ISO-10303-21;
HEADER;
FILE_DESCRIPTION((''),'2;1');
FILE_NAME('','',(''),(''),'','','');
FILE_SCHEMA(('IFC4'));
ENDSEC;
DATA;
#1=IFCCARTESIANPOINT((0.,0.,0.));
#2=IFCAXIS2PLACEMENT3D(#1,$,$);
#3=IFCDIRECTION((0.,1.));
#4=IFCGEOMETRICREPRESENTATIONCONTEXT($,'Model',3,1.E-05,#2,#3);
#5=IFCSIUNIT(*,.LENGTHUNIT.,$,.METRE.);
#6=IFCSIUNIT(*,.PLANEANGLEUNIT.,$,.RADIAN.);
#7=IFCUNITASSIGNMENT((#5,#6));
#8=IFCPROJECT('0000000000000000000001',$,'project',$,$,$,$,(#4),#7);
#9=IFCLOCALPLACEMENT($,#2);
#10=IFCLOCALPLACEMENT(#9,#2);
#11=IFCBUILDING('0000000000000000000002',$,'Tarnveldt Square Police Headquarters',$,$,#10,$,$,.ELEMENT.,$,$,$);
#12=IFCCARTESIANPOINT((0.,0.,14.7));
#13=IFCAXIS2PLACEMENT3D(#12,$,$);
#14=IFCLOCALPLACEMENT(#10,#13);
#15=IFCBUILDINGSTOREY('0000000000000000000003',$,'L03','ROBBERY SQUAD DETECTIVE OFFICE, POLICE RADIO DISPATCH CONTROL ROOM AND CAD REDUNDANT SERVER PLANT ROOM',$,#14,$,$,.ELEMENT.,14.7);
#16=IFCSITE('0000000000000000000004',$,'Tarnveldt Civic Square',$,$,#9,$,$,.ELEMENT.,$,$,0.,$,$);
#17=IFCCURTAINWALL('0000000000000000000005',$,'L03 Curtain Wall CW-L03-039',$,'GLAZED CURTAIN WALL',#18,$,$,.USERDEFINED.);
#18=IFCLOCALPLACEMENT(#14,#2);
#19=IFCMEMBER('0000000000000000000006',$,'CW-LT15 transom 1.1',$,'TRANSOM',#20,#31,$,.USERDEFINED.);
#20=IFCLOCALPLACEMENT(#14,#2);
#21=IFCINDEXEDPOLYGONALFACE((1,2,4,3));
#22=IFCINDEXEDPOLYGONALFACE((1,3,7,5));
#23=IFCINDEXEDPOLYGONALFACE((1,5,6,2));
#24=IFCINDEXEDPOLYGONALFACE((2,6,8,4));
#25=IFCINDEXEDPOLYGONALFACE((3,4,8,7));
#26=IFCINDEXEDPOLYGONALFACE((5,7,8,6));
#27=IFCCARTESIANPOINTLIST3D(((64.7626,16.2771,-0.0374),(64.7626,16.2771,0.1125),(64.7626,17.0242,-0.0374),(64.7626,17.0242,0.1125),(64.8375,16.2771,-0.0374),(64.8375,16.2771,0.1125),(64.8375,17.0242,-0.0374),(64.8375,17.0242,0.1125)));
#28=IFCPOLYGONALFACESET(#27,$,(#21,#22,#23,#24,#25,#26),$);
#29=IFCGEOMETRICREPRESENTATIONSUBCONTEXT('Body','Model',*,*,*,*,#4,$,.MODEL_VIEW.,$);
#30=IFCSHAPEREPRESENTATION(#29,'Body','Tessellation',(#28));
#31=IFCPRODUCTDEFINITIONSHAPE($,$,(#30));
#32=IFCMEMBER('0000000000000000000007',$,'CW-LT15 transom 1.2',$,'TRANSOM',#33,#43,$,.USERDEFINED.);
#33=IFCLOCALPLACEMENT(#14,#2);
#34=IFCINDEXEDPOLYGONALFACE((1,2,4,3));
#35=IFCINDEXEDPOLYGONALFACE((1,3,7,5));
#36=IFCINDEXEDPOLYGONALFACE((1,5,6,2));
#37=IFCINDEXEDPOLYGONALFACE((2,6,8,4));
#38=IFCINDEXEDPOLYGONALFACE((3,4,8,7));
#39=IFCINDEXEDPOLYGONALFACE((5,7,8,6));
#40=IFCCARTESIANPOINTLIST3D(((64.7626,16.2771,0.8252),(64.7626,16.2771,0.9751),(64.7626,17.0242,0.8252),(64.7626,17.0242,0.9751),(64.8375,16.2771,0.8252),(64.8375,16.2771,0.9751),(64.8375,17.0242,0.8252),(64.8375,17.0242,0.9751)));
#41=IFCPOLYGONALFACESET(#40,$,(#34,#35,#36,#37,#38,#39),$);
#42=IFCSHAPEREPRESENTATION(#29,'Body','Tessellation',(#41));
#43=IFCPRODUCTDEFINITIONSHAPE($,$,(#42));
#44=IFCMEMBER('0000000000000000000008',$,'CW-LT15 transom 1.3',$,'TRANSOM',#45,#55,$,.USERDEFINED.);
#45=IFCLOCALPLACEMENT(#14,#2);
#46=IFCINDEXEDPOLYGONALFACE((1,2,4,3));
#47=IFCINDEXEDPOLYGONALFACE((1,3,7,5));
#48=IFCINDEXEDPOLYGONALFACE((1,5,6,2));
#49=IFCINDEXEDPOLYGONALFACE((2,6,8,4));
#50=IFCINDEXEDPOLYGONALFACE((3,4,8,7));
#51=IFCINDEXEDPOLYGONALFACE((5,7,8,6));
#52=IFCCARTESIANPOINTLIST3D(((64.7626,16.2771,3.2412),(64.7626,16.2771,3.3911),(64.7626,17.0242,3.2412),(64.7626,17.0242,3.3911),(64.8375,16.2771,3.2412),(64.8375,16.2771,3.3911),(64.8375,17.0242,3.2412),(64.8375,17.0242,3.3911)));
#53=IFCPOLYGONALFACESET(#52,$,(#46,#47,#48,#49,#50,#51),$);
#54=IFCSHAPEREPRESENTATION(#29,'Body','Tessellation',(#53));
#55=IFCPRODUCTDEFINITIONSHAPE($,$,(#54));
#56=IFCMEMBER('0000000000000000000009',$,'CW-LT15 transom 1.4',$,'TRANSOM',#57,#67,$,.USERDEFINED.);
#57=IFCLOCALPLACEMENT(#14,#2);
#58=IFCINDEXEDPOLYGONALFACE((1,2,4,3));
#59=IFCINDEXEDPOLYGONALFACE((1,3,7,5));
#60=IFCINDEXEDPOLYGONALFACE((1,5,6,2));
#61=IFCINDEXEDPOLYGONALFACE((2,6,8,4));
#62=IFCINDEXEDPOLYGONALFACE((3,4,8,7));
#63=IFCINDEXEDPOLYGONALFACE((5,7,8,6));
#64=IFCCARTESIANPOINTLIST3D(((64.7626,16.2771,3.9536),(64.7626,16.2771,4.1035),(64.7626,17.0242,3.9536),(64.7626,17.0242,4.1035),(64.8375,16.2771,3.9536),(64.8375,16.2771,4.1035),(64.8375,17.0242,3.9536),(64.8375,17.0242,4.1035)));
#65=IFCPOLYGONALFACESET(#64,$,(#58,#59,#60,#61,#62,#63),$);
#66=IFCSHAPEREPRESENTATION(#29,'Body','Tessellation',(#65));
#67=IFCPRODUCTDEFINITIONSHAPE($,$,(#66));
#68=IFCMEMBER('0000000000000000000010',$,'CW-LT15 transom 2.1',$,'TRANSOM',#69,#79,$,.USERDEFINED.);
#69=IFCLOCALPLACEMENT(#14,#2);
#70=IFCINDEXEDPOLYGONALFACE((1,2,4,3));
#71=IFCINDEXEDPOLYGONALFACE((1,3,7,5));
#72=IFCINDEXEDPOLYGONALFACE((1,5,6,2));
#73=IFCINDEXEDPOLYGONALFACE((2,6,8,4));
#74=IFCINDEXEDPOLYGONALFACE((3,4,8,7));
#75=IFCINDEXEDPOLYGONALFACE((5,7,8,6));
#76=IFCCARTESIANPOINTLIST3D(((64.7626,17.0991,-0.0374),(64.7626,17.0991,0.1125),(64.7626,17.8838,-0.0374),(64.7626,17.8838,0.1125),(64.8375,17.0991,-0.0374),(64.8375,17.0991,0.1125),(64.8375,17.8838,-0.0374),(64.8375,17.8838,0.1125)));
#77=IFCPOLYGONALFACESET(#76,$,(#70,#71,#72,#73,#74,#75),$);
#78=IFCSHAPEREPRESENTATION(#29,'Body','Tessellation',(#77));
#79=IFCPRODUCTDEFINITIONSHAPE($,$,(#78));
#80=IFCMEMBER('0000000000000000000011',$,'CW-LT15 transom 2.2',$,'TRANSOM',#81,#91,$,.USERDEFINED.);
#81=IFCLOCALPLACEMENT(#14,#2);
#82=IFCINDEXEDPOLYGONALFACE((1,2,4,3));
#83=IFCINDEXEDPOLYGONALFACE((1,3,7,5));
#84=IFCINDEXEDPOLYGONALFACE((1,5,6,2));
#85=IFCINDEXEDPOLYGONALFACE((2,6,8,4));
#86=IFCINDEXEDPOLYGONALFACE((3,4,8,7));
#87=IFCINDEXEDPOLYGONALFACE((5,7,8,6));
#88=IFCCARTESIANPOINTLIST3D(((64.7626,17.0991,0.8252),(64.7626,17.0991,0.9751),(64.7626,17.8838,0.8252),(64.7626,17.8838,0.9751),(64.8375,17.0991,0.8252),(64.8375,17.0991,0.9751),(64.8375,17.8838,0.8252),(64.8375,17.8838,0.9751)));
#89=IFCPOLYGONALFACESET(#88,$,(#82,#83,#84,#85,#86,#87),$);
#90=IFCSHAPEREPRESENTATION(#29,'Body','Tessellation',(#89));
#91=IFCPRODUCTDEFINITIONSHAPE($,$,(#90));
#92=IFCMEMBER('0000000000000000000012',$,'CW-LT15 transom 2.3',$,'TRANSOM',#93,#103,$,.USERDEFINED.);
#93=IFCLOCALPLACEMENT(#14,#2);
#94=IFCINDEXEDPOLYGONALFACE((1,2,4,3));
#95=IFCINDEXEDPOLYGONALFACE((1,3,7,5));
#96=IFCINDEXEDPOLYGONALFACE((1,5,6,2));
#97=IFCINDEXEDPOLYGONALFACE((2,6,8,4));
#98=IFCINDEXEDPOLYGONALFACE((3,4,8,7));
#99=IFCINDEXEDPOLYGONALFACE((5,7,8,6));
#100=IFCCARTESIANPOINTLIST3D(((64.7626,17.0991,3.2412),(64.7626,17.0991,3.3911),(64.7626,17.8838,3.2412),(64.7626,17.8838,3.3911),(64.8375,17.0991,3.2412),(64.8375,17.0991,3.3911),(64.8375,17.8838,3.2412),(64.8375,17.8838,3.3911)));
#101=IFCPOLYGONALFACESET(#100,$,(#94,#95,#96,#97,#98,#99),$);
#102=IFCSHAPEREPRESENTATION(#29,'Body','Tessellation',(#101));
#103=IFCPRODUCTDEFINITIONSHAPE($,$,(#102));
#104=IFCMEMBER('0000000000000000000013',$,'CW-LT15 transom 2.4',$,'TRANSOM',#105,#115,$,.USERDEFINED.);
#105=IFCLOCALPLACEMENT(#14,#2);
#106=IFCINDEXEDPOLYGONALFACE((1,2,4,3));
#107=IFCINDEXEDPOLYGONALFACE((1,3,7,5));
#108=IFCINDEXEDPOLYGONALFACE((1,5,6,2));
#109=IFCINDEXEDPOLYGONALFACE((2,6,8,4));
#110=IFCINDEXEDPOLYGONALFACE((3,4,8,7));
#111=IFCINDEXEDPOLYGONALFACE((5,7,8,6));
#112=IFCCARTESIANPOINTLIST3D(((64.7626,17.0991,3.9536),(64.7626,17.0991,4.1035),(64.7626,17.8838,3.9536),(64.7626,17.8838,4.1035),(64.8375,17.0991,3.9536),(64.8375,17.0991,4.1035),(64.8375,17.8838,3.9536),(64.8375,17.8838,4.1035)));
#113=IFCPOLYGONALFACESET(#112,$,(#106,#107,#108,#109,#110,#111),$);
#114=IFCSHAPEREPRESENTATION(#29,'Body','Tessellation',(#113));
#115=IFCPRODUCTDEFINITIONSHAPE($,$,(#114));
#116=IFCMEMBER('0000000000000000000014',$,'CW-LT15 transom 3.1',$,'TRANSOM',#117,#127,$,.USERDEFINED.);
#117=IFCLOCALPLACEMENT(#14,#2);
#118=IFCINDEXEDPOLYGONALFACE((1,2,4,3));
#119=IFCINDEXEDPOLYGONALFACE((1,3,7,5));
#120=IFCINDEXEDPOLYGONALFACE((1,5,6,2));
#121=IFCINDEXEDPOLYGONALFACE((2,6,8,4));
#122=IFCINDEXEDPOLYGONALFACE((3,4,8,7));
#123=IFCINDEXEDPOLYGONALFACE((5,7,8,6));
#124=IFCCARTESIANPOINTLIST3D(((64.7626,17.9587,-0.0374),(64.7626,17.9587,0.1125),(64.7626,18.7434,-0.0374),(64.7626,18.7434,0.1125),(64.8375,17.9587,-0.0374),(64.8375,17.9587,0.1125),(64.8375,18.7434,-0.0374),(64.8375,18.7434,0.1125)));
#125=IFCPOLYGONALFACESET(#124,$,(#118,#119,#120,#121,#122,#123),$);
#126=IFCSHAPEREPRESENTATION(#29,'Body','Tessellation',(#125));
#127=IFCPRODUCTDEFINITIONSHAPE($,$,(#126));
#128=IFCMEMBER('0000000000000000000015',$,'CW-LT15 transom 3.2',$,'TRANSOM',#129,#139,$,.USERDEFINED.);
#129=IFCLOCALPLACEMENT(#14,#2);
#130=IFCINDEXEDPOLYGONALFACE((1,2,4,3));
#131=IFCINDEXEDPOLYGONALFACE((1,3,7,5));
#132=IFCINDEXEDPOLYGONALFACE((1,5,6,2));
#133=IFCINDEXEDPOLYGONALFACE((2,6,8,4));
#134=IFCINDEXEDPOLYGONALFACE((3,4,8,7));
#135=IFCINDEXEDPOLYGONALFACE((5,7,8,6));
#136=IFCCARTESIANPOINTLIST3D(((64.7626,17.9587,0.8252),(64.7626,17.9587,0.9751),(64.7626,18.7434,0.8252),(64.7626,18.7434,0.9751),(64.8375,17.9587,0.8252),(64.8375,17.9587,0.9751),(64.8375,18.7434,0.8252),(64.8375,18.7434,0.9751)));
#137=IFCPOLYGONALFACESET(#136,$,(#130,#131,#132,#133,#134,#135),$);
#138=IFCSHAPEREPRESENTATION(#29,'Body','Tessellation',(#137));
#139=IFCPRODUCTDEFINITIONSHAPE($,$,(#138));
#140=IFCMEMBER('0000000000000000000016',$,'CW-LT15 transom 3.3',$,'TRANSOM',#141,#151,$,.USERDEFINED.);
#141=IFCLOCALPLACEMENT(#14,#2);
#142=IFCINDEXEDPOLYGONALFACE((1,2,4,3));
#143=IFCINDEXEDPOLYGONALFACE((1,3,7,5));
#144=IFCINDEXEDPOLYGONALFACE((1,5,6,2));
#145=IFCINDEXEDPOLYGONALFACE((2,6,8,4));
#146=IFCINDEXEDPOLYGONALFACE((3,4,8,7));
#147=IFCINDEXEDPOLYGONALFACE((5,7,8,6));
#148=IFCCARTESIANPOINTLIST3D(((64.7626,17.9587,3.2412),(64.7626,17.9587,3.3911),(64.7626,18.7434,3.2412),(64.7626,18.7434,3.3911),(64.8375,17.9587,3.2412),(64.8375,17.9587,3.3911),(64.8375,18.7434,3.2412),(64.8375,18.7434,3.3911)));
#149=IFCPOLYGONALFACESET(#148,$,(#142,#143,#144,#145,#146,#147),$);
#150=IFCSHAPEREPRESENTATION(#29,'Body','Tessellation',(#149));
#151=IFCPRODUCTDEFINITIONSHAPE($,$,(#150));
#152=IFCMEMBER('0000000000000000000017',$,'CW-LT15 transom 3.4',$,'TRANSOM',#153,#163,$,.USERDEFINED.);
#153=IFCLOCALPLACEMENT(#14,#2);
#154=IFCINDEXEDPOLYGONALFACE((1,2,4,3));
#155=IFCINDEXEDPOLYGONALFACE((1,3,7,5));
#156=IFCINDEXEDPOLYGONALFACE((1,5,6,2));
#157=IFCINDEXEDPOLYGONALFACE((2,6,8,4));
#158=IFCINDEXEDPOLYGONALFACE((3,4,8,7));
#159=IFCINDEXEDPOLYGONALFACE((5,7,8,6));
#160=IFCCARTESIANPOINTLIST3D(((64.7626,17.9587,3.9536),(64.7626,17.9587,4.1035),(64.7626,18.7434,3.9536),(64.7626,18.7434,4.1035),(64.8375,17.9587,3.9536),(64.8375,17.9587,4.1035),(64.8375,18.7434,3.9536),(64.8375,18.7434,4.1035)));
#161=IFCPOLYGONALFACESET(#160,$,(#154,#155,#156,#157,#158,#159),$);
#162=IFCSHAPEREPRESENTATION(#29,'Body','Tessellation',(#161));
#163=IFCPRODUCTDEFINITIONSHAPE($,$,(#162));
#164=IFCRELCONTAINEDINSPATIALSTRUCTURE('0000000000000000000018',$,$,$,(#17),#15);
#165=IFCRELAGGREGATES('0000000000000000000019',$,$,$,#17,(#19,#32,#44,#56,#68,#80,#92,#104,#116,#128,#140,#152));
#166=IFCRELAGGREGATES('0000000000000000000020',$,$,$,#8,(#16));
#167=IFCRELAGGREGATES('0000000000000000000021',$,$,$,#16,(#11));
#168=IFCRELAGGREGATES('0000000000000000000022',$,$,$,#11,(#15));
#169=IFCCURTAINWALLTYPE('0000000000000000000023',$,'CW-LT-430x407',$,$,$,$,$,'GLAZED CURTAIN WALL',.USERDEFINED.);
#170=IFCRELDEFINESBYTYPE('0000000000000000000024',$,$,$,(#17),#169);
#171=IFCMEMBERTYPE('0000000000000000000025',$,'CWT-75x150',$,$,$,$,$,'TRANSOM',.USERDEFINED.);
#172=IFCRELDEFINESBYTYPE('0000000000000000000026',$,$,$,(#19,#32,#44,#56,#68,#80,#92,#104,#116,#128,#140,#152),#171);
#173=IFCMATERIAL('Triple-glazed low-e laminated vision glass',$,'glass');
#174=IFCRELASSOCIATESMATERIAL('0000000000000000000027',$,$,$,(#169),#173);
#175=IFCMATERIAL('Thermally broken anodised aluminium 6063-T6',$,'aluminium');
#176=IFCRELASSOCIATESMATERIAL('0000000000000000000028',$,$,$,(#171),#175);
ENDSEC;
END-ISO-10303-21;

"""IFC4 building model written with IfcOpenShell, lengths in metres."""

from ifc_helpers import new_model, si_unit, direction, frame, origin, origin_2d, place, context, subcontext, project, spatial, rectangle, extrude, material, material_profile, profile_set, type_object, element, aggregate, save


model = new_model("IFC4")

# Units and contexts
model_context = context("Model", 3, precision=1e-05, world=origin(), true_north=direction((0.0, 1.0)))
body_context = subcontext(model_context, "Body", "Model", "MODEL_VIEW")
ifc_project = project(units=[si_unit("LENGTHUNIT", "METRE"), si_unit("PLANEANGLEUNIT", "RADIAN")], contexts=[model_context])

# Site, building, storey
site_placement = place(None, origin())
site = spatial("IfcSite", under=ifc_project, at=site_placement, Name="Tarnveldt Civic Square", CompositionType="ELEMENT", RefElevation=0.0)
building_placement = place(site_placement, origin())
building = spatial("IfcBuilding", under=site, at=building_placement, Name="Tarnveldt Square Police Headquarters", CompositionType="ELEMENT")
storey_placement = place(building_placement, frame((0.0, 0.0, 14.7)))
storey = spatial("IfcBuildingStorey", under=building, at=storey_placement, Name="L03", Description="ROBBERY SQUAD DETECTIVE OFFICE, POLICE RADIO DISPATCH CONTROL ROOM AND CAD REDUNDANT SERVER PLANT ROOM", CompositionType="ELEMENT", Elevation=14.7)

# Shared definitions
ifc_material_1 = material(Name="Triple-glazed low-e laminated vision glass", Category="glass")
curtain_wall_type = type_object("IfcCurtainWallType", Name="CW-LT-430x407", ElementType="GLAZED CURTAIN WALL", PredefinedType="USERDEFINED", material=ifc_material_1)
ifc_material_2 = material(Name="Thermally broken anodised aluminium 6063-T6", Category="aluminium")

# Curtain wall, members
curtain_wall_1_placement = place(storey_placement, origin())
curtain_wall_1 = element("IfcCurtainWall", 1, at=curtain_wall_1_placement, inside=storey, type_object=curtain_wall_type, Name="L03 Curtain Wall CW-L03-039", ObjectType="GLAZED CURTAIN WALL", PredefinedType="USERDEFINED")
ifc_material_profile_1 = material_profile(ifc_material_2, rectangle(XDim=0.075, YDim=0.1499, at=origin_2d()), Name="CW-T75x150")
ifc_profile_set_1 = profile_set([ifc_material_profile_1], Name="Thermally broken anodised aluminium 6063-T6")
member_type_1 = type_object("IfcMemberType", Name="CWT-75x150", ElementType="TRANSOM", PredefinedType="USERDEFINED", material=ifc_profile_set_1)
member_1_placement = place(storey_placement, frame((64.8, 16.2771, 0.0376), z_axis=(0.0, 1.0, 0.0), x_axis=(-1.0, 0.0, 0.0)))
member_1 = element("IfcMember", 2, at=member_1_placement, type_object=member_type_1, Name="CW-LT15 transom 1.1", ObjectType="TRANSOM", PredefinedType="USERDEFINED", context=body_context, shape_type="SweptSolid", body=[
    extrude(rectangle(XDim=0.075, YDim=0.1499, at=origin_2d()), origin(), (0.0, 0.0, 1.0), 0.7471),
])
member_2_placement = place(storey_placement, frame((64.8, 16.2771, 0.9001), z_axis=(0.0, 1.0, 0.0), x_axis=(-1.0, 0.0, 0.0)))
member_2 = element("IfcMember", 3, at=member_2_placement, type_object=member_type_1, Name="CW-LT15 transom 1.2", ObjectType="TRANSOM", PredefinedType="USERDEFINED", context=body_context, shape_type="SweptSolid", body=[
    extrude(rectangle(XDim=0.075, YDim=0.1499, at=origin_2d()), origin(), (0.0, 0.0, 1.0), 0.7471),
])
member_3_placement = place(storey_placement, frame((64.8, 16.2771, 3.3162), z_axis=(0.0, 1.0, 0.0), x_axis=(-1.0, 0.0, 0.0)))
member_3 = element("IfcMember", 4, at=member_3_placement, type_object=member_type_1, Name="CW-LT15 transom 1.3", ObjectType="TRANSOM", PredefinedType="USERDEFINED", context=body_context, shape_type="SweptSolid", body=[
    extrude(rectangle(XDim=0.075, YDim=0.1499, at=origin_2d()), origin(), (0.0, 0.0, 1.0), 0.7471),
])
member_4_placement = place(storey_placement, frame((64.8, 16.2771, 4.0286), z_axis=(0.0, 1.0, 0.0), x_axis=(-1.0, 0.0, 0.0)))
member_4 = element("IfcMember", 5, at=member_4_placement, type_object=member_type_1, Name="CW-LT15 transom 1.4", ObjectType="TRANSOM", PredefinedType="USERDEFINED", context=body_context, shape_type="SweptSolid", body=[
    extrude(rectangle(XDim=0.075, YDim=0.1499, at=origin_2d()), origin(), (0.0, 0.0, 1.0), 0.7471),
])
member_5_placement = place(storey_placement, frame((64.8, 17.0991, 0.0376), z_axis=(0.0, 1.0, 0.0), x_axis=(-1.0, 0.0, 0.0)))
member_5 = element("IfcMember", 6, at=member_5_placement, type_object=member_type_1, Name="CW-LT15 transom 2.1", ObjectType="TRANSOM", PredefinedType="USERDEFINED", context=body_context, shape_type="SweptSolid", body=[
    extrude(rectangle(XDim=0.075, YDim=0.1499, at=origin_2d()), origin(), (0.0, 0.0, 1.0), 0.7847),
])
member_6_placement = place(storey_placement, frame((64.8, 17.0991, 0.9001), z_axis=(0.0, 1.0, 0.0), x_axis=(-1.0, 0.0, 0.0)))
member_6 = element("IfcMember", 7, at=member_6_placement, type_object=member_type_1, Name="CW-LT15 transom 2.2", ObjectType="TRANSOM", PredefinedType="USERDEFINED", context=body_context, shape_type="SweptSolid", body=[
    extrude(rectangle(XDim=0.075, YDim=0.1499, at=origin_2d()), origin(), (0.0, 0.0, 1.0), 0.7847),
])
member_7_placement = place(storey_placement, frame((64.8, 17.0991, 3.3162), z_axis=(0.0, 1.0, 0.0), x_axis=(-1.0, 0.0, 0.0)))
member_7 = element("IfcMember", 8, at=member_7_placement, type_object=member_type_1, Name="CW-LT15 transom 2.3", ObjectType="TRANSOM", PredefinedType="USERDEFINED", context=body_context, shape_type="SweptSolid", body=[
    extrude(rectangle(XDim=0.075, YDim=0.1499, at=origin_2d()), origin(), (0.0, 0.0, 1.0), 0.7847),
])
member_8_placement = place(storey_placement, frame((64.8, 17.0991, 4.0286), z_axis=(0.0, 1.0, 0.0), x_axis=(-1.0, 0.0, 0.0)))
member_8 = element("IfcMember", 9, at=member_8_placement, type_object=member_type_1, Name="CW-LT15 transom 2.4", ObjectType="TRANSOM", PredefinedType="USERDEFINED", context=body_context, shape_type="SweptSolid", body=[
    extrude(rectangle(XDim=0.075, YDim=0.1499, at=origin_2d()), origin(), (0.0, 0.0, 1.0), 0.7847),
])
member_9_placement = place(storey_placement, frame((64.8, 17.9587, 0.0376), z_axis=(0.0, 1.0, 0.0), x_axis=(-1.0, 0.0, 0.0)))
member_9 = element("IfcMember", 10, at=member_9_placement, type_object=member_type_1, Name="CW-LT15 transom 3.1", ObjectType="TRANSOM", PredefinedType="USERDEFINED", context=body_context, shape_type="SweptSolid", body=[
    extrude(rectangle(XDim=0.075, YDim=0.1499, at=origin_2d()), origin(), (0.0, 0.0, 1.0), 0.7847),
])
member_10_placement = place(storey_placement, frame((64.8, 17.9587, 0.9001), z_axis=(0.0, 1.0, 0.0), x_axis=(-1.0, 0.0, 0.0)))
member_10 = element("IfcMember", 11, at=member_10_placement, type_object=member_type_1, Name="CW-LT15 transom 3.2", ObjectType="TRANSOM", PredefinedType="USERDEFINED", context=body_context, shape_type="SweptSolid", body=[
    extrude(rectangle(XDim=0.075, YDim=0.1499, at=origin_2d()), origin(), (0.0, 0.0, 1.0), 0.7847),
])
member_11_placement = place(storey_placement, frame((64.8, 17.9587, 3.3162), z_axis=(0.0, 1.0, 0.0), x_axis=(-1.0, 0.0, 0.0)))
member_11 = element("IfcMember", 12, at=member_11_placement, type_object=member_type_1, Name="CW-LT15 transom 3.3", ObjectType="TRANSOM", PredefinedType="USERDEFINED", context=body_context, shape_type="SweptSolid", body=[
    extrude(rectangle(XDim=0.075, YDim=0.1499, at=origin_2d()), origin(), (0.0, 0.0, 1.0), 0.7847),
])
member_12_placement = place(storey_placement, frame((64.8, 17.9587, 4.0286), z_axis=(0.0, 1.0, 0.0), x_axis=(-1.0, 0.0, 0.0)))
member_12 = element("IfcMember", 13, at=member_12_placement, type_object=member_type_1, Name="CW-LT15 transom 3.4", ObjectType="TRANSOM", PredefinedType="USERDEFINED", context=body_context, shape_type="SweptSolid", body=[
    extrude(rectangle(XDim=0.075, YDim=0.1499, at=origin_2d()), origin(), (0.0, 0.0, 1.0), 0.7847),
])

aggregate(curtain_wall_1, [member_1, member_2, member_3, member_4, member_5, member_6, member_7, member_8, member_9, member_10, member_11, member_12])

save(model, "model.ifc")
